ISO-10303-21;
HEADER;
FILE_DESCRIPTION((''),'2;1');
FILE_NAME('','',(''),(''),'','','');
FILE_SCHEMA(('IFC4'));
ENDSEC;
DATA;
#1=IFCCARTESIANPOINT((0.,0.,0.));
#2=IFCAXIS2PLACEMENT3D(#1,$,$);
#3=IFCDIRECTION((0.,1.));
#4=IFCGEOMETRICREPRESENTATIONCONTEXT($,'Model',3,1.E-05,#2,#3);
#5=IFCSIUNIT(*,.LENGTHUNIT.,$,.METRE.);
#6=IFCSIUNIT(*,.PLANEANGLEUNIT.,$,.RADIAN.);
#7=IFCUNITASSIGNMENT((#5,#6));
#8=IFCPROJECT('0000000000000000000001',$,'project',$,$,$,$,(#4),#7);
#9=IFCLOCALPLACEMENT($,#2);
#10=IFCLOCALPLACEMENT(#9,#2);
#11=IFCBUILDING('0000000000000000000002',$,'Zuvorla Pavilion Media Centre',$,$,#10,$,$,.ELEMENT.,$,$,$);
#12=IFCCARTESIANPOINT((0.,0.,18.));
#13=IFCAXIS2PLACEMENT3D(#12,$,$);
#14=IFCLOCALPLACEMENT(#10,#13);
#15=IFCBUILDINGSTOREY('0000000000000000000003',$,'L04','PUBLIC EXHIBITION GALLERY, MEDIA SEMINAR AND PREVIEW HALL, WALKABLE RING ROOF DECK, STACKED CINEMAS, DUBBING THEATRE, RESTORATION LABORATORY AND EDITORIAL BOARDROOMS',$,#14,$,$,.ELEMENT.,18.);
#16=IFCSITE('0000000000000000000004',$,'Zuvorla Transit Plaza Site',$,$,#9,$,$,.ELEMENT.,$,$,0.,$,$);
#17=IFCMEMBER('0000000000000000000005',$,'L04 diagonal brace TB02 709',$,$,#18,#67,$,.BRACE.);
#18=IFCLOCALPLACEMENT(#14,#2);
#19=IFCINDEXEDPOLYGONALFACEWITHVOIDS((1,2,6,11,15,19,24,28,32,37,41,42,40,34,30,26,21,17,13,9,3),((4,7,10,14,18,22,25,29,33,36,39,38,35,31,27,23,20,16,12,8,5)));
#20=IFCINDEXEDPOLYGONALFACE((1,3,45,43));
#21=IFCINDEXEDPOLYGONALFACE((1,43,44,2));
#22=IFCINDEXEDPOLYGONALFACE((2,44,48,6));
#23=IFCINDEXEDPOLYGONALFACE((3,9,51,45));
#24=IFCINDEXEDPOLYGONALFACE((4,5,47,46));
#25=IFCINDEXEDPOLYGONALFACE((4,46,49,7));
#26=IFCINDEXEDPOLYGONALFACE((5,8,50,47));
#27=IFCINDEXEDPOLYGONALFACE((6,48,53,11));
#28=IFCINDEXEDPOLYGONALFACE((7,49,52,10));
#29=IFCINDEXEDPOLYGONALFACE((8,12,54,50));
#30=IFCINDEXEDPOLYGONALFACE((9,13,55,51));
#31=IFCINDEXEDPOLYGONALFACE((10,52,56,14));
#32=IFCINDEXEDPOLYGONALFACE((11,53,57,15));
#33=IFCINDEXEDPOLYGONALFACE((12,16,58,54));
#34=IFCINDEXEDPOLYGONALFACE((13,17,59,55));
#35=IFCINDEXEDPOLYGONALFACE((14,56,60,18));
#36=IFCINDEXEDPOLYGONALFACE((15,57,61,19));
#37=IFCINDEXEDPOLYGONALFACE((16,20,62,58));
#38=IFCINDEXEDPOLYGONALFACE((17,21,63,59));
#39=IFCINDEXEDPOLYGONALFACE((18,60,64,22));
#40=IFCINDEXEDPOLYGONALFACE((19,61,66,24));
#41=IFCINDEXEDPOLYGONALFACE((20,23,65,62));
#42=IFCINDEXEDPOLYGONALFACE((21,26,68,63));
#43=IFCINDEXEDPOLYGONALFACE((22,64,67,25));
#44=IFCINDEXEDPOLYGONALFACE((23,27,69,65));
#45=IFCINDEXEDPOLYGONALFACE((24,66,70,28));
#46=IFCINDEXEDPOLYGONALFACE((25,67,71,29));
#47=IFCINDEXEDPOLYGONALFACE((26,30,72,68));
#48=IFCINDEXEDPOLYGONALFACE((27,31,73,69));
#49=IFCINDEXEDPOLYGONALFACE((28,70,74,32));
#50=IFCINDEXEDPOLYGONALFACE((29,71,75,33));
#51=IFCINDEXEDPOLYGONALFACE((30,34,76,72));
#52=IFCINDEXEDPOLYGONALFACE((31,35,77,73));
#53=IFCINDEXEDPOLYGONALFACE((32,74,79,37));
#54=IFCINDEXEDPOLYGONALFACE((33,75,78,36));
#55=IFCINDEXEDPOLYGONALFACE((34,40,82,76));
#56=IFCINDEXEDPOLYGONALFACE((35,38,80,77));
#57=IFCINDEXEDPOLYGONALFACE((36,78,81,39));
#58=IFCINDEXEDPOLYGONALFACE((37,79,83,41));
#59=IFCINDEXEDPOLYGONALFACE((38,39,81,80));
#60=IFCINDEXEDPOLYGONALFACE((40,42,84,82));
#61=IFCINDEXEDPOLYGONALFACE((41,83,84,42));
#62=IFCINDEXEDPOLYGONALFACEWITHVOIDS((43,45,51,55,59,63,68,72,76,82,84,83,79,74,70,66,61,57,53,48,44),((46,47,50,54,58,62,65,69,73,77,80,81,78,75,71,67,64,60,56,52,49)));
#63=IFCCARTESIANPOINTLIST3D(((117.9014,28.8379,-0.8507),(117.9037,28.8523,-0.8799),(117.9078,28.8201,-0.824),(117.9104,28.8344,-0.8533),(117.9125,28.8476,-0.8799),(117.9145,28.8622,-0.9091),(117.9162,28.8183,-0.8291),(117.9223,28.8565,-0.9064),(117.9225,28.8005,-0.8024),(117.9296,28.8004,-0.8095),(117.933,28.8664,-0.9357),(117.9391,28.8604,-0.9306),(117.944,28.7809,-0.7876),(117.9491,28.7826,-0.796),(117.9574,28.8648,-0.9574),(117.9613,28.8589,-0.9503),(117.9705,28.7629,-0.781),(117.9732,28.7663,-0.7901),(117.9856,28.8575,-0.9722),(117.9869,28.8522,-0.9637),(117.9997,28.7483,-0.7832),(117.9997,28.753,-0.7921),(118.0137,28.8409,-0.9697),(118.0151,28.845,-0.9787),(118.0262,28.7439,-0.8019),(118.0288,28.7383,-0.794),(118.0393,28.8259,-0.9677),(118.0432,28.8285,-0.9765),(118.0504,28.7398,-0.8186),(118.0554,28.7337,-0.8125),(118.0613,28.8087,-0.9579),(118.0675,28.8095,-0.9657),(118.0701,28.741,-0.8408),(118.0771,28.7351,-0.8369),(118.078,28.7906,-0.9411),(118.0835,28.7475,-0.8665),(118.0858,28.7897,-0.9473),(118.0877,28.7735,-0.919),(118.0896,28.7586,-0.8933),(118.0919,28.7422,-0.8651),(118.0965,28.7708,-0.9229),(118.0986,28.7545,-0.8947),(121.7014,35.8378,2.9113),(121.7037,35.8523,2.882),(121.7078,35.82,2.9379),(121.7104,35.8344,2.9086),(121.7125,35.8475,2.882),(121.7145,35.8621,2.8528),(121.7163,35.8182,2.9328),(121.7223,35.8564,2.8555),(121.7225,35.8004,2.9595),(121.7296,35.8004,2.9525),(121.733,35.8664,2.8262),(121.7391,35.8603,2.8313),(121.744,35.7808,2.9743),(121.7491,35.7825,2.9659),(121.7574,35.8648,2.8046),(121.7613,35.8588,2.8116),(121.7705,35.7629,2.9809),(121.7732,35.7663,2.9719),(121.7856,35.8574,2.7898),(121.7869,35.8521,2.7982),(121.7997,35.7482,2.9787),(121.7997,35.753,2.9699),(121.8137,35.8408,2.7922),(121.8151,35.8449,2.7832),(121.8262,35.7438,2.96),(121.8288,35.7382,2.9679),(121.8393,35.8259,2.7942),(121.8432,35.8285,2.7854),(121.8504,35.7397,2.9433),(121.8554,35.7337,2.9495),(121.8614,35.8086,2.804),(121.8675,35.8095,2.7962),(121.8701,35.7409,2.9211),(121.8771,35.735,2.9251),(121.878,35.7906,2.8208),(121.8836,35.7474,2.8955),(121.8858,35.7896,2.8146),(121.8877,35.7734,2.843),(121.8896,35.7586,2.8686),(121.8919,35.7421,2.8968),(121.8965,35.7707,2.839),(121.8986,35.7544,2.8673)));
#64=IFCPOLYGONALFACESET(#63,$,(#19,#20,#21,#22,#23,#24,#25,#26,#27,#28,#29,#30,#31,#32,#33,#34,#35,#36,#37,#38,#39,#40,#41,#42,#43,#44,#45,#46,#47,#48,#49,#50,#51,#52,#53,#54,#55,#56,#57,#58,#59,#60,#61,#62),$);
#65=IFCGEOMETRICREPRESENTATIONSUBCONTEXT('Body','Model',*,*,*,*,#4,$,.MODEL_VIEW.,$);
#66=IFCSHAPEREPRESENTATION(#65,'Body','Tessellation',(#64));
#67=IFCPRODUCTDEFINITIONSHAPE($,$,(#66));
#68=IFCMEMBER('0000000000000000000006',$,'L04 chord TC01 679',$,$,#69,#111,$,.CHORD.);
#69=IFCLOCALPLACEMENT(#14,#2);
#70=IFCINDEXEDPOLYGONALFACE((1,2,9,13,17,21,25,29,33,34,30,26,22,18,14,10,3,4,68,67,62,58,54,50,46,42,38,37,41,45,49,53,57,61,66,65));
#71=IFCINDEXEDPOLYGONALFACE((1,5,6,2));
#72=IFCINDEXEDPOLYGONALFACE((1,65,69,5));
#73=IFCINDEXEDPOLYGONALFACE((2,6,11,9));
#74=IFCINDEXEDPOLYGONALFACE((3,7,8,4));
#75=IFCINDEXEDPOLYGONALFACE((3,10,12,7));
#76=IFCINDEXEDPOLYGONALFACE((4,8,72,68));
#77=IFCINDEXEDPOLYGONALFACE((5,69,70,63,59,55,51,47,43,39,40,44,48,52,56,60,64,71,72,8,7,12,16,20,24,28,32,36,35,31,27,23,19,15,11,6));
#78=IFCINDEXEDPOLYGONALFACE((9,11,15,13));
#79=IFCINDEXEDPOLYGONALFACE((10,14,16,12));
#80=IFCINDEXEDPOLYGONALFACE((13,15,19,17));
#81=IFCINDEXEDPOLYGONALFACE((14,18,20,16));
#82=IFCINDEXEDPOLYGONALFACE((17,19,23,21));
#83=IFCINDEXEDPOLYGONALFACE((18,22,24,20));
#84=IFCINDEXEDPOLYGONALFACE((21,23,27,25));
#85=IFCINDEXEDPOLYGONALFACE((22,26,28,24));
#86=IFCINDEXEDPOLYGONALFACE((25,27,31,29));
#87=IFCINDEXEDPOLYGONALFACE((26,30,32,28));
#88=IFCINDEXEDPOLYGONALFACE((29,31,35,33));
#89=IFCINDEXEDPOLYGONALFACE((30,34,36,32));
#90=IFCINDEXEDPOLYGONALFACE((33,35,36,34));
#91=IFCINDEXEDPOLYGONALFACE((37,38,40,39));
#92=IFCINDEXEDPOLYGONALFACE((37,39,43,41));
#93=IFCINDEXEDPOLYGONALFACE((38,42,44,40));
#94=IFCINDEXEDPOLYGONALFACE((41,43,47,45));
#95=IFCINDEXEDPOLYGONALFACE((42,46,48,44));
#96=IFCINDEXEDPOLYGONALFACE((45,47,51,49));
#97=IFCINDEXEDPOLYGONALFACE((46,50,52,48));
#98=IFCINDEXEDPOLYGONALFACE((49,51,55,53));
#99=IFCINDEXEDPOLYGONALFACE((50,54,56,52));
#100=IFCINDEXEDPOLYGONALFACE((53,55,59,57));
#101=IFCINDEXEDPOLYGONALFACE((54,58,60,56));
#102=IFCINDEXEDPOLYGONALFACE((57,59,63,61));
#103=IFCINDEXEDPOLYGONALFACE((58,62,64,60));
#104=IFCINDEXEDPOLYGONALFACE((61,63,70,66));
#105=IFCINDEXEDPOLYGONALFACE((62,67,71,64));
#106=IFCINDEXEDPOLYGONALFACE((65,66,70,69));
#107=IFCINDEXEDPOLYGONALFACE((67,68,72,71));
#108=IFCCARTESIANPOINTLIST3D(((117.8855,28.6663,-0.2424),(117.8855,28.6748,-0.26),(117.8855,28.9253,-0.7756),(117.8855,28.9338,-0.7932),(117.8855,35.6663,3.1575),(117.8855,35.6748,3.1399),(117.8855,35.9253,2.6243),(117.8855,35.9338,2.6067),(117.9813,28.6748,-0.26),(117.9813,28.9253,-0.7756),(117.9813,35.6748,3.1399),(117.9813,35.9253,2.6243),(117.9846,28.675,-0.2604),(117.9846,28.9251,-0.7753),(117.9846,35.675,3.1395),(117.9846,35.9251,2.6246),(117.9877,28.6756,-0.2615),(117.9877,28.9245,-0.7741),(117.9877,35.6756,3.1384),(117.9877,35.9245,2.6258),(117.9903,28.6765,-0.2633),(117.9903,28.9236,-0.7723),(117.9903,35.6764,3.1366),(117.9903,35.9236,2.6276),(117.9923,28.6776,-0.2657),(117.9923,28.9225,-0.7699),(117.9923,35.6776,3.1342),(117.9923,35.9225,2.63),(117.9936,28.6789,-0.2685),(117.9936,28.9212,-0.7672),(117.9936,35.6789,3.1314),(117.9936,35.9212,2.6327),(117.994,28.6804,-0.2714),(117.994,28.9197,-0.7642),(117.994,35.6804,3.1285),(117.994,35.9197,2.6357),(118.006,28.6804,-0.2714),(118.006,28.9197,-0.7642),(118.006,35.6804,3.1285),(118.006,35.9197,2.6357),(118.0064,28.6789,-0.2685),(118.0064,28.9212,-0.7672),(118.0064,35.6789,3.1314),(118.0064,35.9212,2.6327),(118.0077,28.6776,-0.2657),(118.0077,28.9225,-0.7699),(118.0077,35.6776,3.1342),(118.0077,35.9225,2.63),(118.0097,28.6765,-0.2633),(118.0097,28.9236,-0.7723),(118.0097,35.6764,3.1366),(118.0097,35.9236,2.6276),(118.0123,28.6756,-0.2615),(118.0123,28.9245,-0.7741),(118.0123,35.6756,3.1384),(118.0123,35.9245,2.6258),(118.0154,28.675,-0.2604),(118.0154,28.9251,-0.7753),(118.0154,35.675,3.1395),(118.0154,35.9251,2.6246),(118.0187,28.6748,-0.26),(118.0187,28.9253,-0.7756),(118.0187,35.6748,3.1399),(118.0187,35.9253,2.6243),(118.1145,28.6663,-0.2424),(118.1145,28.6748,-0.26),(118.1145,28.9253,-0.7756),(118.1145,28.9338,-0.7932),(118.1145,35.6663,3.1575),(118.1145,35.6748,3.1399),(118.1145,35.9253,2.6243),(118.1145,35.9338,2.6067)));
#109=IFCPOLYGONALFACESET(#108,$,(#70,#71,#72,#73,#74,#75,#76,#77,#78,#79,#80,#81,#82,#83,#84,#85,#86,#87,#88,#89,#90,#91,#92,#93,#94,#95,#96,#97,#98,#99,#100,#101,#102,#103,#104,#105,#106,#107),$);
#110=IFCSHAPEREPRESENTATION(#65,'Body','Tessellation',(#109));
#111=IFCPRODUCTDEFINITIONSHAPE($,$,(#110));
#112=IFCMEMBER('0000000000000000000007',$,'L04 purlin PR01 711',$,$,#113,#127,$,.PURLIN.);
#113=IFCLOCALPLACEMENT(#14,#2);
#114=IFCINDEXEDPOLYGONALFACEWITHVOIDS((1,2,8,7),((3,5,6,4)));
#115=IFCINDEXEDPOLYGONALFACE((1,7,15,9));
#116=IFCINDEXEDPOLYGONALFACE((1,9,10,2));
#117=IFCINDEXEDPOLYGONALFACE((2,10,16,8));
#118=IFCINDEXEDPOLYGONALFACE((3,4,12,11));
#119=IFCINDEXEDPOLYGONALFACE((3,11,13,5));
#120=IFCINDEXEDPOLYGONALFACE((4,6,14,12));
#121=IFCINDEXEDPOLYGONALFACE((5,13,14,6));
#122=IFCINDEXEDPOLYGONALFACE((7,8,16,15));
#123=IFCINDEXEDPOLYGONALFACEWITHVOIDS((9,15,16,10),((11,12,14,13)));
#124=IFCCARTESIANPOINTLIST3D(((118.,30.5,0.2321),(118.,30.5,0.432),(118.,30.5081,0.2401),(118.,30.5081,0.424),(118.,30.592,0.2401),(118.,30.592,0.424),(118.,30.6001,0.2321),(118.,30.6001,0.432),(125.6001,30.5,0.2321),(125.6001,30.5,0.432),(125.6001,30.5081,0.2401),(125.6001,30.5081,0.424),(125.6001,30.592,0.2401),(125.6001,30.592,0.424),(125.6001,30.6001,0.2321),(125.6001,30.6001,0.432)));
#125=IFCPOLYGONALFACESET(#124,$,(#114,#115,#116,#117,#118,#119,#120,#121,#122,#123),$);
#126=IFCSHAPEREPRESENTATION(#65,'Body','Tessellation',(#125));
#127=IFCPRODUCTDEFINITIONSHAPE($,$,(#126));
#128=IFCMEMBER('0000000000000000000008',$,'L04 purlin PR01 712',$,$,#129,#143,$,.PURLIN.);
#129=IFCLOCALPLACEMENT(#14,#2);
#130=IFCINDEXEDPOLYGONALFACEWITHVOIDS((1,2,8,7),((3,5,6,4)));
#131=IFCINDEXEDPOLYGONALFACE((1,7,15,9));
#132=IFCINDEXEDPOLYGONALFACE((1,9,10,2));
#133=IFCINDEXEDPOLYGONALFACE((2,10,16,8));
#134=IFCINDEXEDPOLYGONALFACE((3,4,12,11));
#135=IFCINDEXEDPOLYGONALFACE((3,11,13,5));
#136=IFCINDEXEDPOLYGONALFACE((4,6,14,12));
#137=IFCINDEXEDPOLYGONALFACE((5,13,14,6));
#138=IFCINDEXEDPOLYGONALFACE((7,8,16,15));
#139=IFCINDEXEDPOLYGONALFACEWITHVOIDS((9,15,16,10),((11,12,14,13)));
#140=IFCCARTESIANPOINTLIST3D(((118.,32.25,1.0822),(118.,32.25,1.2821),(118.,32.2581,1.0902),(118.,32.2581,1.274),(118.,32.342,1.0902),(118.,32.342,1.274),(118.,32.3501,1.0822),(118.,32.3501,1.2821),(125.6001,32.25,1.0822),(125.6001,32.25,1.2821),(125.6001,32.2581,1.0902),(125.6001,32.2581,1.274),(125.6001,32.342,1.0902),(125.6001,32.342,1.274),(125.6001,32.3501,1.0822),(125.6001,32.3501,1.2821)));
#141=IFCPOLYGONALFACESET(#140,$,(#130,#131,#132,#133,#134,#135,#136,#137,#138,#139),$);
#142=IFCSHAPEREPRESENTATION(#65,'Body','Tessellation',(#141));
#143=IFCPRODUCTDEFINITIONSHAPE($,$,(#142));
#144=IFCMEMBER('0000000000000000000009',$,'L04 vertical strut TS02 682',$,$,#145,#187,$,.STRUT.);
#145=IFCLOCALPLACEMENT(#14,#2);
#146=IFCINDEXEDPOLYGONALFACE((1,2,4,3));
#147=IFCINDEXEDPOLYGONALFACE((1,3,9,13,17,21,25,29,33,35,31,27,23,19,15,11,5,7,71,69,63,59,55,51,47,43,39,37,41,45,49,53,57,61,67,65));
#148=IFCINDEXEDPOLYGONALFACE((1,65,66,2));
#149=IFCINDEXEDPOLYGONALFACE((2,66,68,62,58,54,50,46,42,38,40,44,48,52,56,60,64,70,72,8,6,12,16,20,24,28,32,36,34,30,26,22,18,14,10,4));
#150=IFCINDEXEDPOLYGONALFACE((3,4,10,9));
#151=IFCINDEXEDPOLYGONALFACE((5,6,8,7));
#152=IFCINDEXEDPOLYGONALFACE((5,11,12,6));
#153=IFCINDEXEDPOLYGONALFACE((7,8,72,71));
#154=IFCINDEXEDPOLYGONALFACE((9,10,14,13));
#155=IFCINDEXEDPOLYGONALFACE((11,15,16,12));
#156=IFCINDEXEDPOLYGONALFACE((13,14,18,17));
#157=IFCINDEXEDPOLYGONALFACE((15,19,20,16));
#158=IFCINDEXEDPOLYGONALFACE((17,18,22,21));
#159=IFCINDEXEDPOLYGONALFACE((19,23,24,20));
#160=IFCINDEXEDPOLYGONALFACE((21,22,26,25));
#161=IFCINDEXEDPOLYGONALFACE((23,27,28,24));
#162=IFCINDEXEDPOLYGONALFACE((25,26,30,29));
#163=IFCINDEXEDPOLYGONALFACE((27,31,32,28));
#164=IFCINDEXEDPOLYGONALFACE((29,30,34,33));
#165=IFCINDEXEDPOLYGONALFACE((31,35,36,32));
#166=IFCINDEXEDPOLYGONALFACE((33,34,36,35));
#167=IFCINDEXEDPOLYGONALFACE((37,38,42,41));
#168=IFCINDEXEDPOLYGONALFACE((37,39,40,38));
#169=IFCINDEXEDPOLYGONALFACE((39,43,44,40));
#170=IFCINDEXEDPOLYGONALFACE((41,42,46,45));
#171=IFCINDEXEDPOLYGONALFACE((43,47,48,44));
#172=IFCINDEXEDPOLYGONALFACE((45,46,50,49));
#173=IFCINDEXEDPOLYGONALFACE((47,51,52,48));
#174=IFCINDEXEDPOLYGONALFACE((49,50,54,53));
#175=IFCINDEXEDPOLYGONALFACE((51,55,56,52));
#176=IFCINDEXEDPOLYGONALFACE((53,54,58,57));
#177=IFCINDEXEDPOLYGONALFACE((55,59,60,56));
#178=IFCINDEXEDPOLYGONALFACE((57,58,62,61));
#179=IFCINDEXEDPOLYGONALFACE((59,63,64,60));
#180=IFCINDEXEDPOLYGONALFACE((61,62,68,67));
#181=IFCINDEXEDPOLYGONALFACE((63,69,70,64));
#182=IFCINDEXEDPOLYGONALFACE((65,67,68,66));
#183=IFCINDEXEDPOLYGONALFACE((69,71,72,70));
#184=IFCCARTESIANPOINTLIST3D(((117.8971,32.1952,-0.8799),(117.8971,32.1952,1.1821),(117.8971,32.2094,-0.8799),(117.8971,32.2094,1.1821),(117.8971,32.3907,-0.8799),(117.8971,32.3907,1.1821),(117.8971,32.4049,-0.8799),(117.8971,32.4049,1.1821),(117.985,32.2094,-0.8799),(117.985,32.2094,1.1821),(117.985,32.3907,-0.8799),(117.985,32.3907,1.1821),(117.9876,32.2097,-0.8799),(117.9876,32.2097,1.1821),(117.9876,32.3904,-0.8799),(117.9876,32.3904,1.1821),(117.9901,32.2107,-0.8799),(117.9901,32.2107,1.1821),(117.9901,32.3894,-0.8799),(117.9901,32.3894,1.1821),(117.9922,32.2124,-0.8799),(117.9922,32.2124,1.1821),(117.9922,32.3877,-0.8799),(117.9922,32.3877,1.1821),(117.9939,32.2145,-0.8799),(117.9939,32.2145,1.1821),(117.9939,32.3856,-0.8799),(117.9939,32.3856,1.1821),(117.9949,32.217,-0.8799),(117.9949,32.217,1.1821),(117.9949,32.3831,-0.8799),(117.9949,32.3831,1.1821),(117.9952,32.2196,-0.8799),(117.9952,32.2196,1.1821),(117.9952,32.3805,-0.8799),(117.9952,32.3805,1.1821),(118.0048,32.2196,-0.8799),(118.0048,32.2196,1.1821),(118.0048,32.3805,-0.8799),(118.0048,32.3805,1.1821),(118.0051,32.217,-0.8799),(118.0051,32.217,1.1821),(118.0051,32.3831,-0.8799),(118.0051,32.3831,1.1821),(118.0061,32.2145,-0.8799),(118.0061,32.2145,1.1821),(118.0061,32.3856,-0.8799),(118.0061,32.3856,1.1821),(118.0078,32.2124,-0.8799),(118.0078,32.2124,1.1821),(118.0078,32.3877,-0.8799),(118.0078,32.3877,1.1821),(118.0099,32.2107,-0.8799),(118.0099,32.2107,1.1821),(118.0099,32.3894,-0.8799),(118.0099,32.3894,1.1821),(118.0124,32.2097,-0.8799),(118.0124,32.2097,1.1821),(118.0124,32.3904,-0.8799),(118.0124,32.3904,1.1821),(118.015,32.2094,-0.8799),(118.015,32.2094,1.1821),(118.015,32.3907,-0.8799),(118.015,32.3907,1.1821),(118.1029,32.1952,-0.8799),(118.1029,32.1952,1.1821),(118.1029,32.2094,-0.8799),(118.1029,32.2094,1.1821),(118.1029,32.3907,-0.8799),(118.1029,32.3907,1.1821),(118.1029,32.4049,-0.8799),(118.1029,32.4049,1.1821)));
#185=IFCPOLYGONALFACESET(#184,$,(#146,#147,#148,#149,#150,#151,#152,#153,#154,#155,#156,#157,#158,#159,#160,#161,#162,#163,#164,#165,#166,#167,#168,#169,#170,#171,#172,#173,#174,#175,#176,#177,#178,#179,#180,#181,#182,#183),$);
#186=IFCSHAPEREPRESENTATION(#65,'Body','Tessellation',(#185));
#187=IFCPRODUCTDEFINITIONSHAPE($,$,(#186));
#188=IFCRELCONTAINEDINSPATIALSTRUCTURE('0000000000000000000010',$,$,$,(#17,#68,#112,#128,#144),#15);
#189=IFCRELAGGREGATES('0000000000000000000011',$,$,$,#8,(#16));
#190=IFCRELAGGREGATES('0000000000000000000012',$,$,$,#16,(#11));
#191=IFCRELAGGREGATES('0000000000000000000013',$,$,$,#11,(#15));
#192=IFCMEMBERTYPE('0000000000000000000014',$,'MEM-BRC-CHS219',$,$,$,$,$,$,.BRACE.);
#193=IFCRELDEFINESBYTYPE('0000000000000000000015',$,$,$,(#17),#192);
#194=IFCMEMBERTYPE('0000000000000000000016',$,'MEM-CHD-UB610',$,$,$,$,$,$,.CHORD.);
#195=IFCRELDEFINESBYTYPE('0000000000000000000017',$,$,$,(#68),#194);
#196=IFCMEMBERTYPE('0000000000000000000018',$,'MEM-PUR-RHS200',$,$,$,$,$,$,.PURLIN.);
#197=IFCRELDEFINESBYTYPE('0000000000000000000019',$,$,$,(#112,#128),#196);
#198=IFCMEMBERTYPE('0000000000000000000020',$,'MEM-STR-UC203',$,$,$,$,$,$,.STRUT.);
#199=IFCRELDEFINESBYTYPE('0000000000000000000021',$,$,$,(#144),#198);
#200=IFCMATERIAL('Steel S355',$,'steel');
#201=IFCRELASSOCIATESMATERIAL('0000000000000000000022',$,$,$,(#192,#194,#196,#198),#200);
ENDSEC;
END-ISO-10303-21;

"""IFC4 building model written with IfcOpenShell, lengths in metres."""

from ifc_helpers import new_model, si_unit, direction, frame, origin, origin_2d, place, context, subcontext, project, spatial, hollow_rectangle, hollow_circle, i_section, extrude, material, material_profile, profile_set, type_object, element, save


model = new_model("IFC4")

# Units and contexts
model_context = context("Model", 3, precision=1e-05, world=origin(), true_north=direction((0.0, 1.0)))
body_context = subcontext(model_context, "Body", "Model", "MODEL_VIEW")
ifc_project = project(units=[si_unit("LENGTHUNIT", "METRE"), si_unit("PLANEANGLEUNIT", "RADIAN")], contexts=[model_context])

# Site, building, storey
site_placement = place(None, origin())
site = spatial("IfcSite", under=ifc_project, at=site_placement, Name="Zuvorla Transit Plaza Site", CompositionType="ELEMENT", RefElevation=0.0)
building_placement = place(site_placement, origin())
building = spatial("IfcBuilding", under=site, at=building_placement, Name="Zuvorla Pavilion Media Centre", CompositionType="ELEMENT")
storey_placement = place(building_placement, frame((0.0, 0.0, 18.0)))
storey = spatial("IfcBuildingStorey", under=building, at=storey_placement, Name="L04", Description="PUBLIC EXHIBITION GALLERY, MEDIA SEMINAR AND PREVIEW HALL, WALKABLE RING ROOF DECK, STACKED CINEMAS, DUBBING THEATRE, RESTORATION LABORATORY AND EDITORIAL BOARDROOMS", CompositionType="ELEMENT", Elevation=18.0)

# Shared definitions
ifc_material_1 = material(Name="Steel S355", Category="steel")

# Members
ifc_material_profile_1 = material_profile(ifc_material_1, hollow_circle(Radius=0.1096, WallThickness=0.01, at=origin_2d()), Name="CHS 219.1x10")
ifc_profile_set_1 = profile_set([ifc_material_profile_1], Name="Steel S355")
member_type_1 = type_object("IfcMemberType", Name="MEM-BRC-CHS219", PredefinedType="BRACE", material=ifc_profile_set_1)
member_1_placement = place(storey_placement, frame((118.0, 28.8, -0.8799), z_axis=(0.431399, 0.794671, 0.427075), x_axis=(-0.878851, 0.477097, 0.0)))
element("IfcMember", 1, at=member_1_placement, inside=storey, type_object=member_type_1, Name="L04 diagonal brace TB02 709", PredefinedType="BRACE", context=body_context, shape_type="SweptSolid", body=[
    extrude(hollow_circle(Radius=0.1096, WallThickness=0.01, at=origin_2d()), origin(), (0.0, 0.0, 1.0), 8.8086),
])
ifc_material_profile_2 = material_profile(ifc_material_1, i_section(OverallWidth=0.229, OverallDepth=0.6123, WebThickness=0.012, FlangeThickness=0.0195, FilletRadius=0.0127, at=origin_2d()), Name="UB 610x229x125")
ifc_profile_set_2 = profile_set([ifc_material_profile_2], Name="Steel S355")
member_type_2 = type_object("IfcMemberType", Name="MEM-CHD-UB610", PredefinedType="CHORD", material=ifc_profile_set_2)
member_2_placement = place(storey_placement, frame((118.0, 28.8, -0.5178), z_axis=(0.0, 0.899513, 0.436894), x_axis=(-1.0, 0.0, 0.0)))
element("IfcMember", 2, at=member_2_placement, inside=storey, type_object=member_type_2, Name="L04 chord TC01 679", PredefinedType="CHORD", context=body_context, shape_type="SweptSolid", body=[
    extrude(i_section(OverallWidth=0.229, OverallDepth=0.6123, WebThickness=0.012, FlangeThickness=0.0195, FilletRadius=0.0127, at=origin_2d()), origin(), (0.0, 0.0, 1.0), 7.782),
])
ifc_material_profile_3 = material_profile(ifc_material_1, hollow_rectangle(XDim=0.1001, YDim=0.2, WallThickness=0.0081, at=origin_2d()), Name="RHS 200x100x8")
ifc_profile_set_3 = profile_set([ifc_material_profile_3], Name="Steel S355")
member_type_3 = type_object("IfcMemberType", Name="MEM-PUR-RHS200", PredefinedType="PURLIN", material=ifc_profile_set_3)
for number, where, z_axis, x_axis, name in (
    (3, (118.0, 30.55, 0.332), (1.0, 0.0, 0.0), (0.0, 1.0, 0.0), "L04 purlin PR01 711"),
    (4, (118.0, 32.3, 1.1821), (1.0, 0.0, 0.0), (0.0, 1.0, 0.0), "L04 purlin PR01 712"),
):
    element("IfcMember", number, at=place(storey_placement, frame(where, z_axis=z_axis, x_axis=x_axis)), inside=storey, type_object=member_type_3, Name=name, PredefinedType="PURLIN", context=body_context, shape_type="SweptSolid", body=[
        extrude(hollow_rectangle(XDim=0.1001, YDim=0.2, WallThickness=0.0081, at=origin_2d()), origin(), (0.0, 0.0, 1.0), 7.6001),
    ])
ifc_material_profile_4 = material_profile(ifc_material_1, i_section(OverallWidth=0.2058, OverallDepth=0.2097, WebThickness=0.0095, FlangeThickness=0.0142, FilletRadius=0.0103, at=origin_2d()), Name="UC 203x203x60")
ifc_profile_set_4 = profile_set([ifc_material_profile_4], Name="Steel S355")
member_type_4 = type_object("IfcMemberType", Name="MEM-STR-UC203", PredefinedType="STRUT", material=ifc_profile_set_4)
member_3_placement = place(storey_placement, frame((118.0, 32.3, -0.8799), z_axis=(0.0, 0.0, 1.0), x_axis=(1.0, 0.0, 0.0)))
element("IfcMember", 5, at=member_3_placement, inside=storey, type_object=member_type_4, Name="L04 vertical strut TS02 682", PredefinedType="STRUT", context=body_context, shape_type="SweptSolid", body=[
    extrude(i_section(OverallWidth=0.2058, OverallDepth=0.2097, WebThickness=0.0095, FlangeThickness=0.0142, FilletRadius=0.0103, at=origin_2d()), origin(), (0.0, 0.0, 1.0), 2.062),
])

save(model, "model.ifc")
